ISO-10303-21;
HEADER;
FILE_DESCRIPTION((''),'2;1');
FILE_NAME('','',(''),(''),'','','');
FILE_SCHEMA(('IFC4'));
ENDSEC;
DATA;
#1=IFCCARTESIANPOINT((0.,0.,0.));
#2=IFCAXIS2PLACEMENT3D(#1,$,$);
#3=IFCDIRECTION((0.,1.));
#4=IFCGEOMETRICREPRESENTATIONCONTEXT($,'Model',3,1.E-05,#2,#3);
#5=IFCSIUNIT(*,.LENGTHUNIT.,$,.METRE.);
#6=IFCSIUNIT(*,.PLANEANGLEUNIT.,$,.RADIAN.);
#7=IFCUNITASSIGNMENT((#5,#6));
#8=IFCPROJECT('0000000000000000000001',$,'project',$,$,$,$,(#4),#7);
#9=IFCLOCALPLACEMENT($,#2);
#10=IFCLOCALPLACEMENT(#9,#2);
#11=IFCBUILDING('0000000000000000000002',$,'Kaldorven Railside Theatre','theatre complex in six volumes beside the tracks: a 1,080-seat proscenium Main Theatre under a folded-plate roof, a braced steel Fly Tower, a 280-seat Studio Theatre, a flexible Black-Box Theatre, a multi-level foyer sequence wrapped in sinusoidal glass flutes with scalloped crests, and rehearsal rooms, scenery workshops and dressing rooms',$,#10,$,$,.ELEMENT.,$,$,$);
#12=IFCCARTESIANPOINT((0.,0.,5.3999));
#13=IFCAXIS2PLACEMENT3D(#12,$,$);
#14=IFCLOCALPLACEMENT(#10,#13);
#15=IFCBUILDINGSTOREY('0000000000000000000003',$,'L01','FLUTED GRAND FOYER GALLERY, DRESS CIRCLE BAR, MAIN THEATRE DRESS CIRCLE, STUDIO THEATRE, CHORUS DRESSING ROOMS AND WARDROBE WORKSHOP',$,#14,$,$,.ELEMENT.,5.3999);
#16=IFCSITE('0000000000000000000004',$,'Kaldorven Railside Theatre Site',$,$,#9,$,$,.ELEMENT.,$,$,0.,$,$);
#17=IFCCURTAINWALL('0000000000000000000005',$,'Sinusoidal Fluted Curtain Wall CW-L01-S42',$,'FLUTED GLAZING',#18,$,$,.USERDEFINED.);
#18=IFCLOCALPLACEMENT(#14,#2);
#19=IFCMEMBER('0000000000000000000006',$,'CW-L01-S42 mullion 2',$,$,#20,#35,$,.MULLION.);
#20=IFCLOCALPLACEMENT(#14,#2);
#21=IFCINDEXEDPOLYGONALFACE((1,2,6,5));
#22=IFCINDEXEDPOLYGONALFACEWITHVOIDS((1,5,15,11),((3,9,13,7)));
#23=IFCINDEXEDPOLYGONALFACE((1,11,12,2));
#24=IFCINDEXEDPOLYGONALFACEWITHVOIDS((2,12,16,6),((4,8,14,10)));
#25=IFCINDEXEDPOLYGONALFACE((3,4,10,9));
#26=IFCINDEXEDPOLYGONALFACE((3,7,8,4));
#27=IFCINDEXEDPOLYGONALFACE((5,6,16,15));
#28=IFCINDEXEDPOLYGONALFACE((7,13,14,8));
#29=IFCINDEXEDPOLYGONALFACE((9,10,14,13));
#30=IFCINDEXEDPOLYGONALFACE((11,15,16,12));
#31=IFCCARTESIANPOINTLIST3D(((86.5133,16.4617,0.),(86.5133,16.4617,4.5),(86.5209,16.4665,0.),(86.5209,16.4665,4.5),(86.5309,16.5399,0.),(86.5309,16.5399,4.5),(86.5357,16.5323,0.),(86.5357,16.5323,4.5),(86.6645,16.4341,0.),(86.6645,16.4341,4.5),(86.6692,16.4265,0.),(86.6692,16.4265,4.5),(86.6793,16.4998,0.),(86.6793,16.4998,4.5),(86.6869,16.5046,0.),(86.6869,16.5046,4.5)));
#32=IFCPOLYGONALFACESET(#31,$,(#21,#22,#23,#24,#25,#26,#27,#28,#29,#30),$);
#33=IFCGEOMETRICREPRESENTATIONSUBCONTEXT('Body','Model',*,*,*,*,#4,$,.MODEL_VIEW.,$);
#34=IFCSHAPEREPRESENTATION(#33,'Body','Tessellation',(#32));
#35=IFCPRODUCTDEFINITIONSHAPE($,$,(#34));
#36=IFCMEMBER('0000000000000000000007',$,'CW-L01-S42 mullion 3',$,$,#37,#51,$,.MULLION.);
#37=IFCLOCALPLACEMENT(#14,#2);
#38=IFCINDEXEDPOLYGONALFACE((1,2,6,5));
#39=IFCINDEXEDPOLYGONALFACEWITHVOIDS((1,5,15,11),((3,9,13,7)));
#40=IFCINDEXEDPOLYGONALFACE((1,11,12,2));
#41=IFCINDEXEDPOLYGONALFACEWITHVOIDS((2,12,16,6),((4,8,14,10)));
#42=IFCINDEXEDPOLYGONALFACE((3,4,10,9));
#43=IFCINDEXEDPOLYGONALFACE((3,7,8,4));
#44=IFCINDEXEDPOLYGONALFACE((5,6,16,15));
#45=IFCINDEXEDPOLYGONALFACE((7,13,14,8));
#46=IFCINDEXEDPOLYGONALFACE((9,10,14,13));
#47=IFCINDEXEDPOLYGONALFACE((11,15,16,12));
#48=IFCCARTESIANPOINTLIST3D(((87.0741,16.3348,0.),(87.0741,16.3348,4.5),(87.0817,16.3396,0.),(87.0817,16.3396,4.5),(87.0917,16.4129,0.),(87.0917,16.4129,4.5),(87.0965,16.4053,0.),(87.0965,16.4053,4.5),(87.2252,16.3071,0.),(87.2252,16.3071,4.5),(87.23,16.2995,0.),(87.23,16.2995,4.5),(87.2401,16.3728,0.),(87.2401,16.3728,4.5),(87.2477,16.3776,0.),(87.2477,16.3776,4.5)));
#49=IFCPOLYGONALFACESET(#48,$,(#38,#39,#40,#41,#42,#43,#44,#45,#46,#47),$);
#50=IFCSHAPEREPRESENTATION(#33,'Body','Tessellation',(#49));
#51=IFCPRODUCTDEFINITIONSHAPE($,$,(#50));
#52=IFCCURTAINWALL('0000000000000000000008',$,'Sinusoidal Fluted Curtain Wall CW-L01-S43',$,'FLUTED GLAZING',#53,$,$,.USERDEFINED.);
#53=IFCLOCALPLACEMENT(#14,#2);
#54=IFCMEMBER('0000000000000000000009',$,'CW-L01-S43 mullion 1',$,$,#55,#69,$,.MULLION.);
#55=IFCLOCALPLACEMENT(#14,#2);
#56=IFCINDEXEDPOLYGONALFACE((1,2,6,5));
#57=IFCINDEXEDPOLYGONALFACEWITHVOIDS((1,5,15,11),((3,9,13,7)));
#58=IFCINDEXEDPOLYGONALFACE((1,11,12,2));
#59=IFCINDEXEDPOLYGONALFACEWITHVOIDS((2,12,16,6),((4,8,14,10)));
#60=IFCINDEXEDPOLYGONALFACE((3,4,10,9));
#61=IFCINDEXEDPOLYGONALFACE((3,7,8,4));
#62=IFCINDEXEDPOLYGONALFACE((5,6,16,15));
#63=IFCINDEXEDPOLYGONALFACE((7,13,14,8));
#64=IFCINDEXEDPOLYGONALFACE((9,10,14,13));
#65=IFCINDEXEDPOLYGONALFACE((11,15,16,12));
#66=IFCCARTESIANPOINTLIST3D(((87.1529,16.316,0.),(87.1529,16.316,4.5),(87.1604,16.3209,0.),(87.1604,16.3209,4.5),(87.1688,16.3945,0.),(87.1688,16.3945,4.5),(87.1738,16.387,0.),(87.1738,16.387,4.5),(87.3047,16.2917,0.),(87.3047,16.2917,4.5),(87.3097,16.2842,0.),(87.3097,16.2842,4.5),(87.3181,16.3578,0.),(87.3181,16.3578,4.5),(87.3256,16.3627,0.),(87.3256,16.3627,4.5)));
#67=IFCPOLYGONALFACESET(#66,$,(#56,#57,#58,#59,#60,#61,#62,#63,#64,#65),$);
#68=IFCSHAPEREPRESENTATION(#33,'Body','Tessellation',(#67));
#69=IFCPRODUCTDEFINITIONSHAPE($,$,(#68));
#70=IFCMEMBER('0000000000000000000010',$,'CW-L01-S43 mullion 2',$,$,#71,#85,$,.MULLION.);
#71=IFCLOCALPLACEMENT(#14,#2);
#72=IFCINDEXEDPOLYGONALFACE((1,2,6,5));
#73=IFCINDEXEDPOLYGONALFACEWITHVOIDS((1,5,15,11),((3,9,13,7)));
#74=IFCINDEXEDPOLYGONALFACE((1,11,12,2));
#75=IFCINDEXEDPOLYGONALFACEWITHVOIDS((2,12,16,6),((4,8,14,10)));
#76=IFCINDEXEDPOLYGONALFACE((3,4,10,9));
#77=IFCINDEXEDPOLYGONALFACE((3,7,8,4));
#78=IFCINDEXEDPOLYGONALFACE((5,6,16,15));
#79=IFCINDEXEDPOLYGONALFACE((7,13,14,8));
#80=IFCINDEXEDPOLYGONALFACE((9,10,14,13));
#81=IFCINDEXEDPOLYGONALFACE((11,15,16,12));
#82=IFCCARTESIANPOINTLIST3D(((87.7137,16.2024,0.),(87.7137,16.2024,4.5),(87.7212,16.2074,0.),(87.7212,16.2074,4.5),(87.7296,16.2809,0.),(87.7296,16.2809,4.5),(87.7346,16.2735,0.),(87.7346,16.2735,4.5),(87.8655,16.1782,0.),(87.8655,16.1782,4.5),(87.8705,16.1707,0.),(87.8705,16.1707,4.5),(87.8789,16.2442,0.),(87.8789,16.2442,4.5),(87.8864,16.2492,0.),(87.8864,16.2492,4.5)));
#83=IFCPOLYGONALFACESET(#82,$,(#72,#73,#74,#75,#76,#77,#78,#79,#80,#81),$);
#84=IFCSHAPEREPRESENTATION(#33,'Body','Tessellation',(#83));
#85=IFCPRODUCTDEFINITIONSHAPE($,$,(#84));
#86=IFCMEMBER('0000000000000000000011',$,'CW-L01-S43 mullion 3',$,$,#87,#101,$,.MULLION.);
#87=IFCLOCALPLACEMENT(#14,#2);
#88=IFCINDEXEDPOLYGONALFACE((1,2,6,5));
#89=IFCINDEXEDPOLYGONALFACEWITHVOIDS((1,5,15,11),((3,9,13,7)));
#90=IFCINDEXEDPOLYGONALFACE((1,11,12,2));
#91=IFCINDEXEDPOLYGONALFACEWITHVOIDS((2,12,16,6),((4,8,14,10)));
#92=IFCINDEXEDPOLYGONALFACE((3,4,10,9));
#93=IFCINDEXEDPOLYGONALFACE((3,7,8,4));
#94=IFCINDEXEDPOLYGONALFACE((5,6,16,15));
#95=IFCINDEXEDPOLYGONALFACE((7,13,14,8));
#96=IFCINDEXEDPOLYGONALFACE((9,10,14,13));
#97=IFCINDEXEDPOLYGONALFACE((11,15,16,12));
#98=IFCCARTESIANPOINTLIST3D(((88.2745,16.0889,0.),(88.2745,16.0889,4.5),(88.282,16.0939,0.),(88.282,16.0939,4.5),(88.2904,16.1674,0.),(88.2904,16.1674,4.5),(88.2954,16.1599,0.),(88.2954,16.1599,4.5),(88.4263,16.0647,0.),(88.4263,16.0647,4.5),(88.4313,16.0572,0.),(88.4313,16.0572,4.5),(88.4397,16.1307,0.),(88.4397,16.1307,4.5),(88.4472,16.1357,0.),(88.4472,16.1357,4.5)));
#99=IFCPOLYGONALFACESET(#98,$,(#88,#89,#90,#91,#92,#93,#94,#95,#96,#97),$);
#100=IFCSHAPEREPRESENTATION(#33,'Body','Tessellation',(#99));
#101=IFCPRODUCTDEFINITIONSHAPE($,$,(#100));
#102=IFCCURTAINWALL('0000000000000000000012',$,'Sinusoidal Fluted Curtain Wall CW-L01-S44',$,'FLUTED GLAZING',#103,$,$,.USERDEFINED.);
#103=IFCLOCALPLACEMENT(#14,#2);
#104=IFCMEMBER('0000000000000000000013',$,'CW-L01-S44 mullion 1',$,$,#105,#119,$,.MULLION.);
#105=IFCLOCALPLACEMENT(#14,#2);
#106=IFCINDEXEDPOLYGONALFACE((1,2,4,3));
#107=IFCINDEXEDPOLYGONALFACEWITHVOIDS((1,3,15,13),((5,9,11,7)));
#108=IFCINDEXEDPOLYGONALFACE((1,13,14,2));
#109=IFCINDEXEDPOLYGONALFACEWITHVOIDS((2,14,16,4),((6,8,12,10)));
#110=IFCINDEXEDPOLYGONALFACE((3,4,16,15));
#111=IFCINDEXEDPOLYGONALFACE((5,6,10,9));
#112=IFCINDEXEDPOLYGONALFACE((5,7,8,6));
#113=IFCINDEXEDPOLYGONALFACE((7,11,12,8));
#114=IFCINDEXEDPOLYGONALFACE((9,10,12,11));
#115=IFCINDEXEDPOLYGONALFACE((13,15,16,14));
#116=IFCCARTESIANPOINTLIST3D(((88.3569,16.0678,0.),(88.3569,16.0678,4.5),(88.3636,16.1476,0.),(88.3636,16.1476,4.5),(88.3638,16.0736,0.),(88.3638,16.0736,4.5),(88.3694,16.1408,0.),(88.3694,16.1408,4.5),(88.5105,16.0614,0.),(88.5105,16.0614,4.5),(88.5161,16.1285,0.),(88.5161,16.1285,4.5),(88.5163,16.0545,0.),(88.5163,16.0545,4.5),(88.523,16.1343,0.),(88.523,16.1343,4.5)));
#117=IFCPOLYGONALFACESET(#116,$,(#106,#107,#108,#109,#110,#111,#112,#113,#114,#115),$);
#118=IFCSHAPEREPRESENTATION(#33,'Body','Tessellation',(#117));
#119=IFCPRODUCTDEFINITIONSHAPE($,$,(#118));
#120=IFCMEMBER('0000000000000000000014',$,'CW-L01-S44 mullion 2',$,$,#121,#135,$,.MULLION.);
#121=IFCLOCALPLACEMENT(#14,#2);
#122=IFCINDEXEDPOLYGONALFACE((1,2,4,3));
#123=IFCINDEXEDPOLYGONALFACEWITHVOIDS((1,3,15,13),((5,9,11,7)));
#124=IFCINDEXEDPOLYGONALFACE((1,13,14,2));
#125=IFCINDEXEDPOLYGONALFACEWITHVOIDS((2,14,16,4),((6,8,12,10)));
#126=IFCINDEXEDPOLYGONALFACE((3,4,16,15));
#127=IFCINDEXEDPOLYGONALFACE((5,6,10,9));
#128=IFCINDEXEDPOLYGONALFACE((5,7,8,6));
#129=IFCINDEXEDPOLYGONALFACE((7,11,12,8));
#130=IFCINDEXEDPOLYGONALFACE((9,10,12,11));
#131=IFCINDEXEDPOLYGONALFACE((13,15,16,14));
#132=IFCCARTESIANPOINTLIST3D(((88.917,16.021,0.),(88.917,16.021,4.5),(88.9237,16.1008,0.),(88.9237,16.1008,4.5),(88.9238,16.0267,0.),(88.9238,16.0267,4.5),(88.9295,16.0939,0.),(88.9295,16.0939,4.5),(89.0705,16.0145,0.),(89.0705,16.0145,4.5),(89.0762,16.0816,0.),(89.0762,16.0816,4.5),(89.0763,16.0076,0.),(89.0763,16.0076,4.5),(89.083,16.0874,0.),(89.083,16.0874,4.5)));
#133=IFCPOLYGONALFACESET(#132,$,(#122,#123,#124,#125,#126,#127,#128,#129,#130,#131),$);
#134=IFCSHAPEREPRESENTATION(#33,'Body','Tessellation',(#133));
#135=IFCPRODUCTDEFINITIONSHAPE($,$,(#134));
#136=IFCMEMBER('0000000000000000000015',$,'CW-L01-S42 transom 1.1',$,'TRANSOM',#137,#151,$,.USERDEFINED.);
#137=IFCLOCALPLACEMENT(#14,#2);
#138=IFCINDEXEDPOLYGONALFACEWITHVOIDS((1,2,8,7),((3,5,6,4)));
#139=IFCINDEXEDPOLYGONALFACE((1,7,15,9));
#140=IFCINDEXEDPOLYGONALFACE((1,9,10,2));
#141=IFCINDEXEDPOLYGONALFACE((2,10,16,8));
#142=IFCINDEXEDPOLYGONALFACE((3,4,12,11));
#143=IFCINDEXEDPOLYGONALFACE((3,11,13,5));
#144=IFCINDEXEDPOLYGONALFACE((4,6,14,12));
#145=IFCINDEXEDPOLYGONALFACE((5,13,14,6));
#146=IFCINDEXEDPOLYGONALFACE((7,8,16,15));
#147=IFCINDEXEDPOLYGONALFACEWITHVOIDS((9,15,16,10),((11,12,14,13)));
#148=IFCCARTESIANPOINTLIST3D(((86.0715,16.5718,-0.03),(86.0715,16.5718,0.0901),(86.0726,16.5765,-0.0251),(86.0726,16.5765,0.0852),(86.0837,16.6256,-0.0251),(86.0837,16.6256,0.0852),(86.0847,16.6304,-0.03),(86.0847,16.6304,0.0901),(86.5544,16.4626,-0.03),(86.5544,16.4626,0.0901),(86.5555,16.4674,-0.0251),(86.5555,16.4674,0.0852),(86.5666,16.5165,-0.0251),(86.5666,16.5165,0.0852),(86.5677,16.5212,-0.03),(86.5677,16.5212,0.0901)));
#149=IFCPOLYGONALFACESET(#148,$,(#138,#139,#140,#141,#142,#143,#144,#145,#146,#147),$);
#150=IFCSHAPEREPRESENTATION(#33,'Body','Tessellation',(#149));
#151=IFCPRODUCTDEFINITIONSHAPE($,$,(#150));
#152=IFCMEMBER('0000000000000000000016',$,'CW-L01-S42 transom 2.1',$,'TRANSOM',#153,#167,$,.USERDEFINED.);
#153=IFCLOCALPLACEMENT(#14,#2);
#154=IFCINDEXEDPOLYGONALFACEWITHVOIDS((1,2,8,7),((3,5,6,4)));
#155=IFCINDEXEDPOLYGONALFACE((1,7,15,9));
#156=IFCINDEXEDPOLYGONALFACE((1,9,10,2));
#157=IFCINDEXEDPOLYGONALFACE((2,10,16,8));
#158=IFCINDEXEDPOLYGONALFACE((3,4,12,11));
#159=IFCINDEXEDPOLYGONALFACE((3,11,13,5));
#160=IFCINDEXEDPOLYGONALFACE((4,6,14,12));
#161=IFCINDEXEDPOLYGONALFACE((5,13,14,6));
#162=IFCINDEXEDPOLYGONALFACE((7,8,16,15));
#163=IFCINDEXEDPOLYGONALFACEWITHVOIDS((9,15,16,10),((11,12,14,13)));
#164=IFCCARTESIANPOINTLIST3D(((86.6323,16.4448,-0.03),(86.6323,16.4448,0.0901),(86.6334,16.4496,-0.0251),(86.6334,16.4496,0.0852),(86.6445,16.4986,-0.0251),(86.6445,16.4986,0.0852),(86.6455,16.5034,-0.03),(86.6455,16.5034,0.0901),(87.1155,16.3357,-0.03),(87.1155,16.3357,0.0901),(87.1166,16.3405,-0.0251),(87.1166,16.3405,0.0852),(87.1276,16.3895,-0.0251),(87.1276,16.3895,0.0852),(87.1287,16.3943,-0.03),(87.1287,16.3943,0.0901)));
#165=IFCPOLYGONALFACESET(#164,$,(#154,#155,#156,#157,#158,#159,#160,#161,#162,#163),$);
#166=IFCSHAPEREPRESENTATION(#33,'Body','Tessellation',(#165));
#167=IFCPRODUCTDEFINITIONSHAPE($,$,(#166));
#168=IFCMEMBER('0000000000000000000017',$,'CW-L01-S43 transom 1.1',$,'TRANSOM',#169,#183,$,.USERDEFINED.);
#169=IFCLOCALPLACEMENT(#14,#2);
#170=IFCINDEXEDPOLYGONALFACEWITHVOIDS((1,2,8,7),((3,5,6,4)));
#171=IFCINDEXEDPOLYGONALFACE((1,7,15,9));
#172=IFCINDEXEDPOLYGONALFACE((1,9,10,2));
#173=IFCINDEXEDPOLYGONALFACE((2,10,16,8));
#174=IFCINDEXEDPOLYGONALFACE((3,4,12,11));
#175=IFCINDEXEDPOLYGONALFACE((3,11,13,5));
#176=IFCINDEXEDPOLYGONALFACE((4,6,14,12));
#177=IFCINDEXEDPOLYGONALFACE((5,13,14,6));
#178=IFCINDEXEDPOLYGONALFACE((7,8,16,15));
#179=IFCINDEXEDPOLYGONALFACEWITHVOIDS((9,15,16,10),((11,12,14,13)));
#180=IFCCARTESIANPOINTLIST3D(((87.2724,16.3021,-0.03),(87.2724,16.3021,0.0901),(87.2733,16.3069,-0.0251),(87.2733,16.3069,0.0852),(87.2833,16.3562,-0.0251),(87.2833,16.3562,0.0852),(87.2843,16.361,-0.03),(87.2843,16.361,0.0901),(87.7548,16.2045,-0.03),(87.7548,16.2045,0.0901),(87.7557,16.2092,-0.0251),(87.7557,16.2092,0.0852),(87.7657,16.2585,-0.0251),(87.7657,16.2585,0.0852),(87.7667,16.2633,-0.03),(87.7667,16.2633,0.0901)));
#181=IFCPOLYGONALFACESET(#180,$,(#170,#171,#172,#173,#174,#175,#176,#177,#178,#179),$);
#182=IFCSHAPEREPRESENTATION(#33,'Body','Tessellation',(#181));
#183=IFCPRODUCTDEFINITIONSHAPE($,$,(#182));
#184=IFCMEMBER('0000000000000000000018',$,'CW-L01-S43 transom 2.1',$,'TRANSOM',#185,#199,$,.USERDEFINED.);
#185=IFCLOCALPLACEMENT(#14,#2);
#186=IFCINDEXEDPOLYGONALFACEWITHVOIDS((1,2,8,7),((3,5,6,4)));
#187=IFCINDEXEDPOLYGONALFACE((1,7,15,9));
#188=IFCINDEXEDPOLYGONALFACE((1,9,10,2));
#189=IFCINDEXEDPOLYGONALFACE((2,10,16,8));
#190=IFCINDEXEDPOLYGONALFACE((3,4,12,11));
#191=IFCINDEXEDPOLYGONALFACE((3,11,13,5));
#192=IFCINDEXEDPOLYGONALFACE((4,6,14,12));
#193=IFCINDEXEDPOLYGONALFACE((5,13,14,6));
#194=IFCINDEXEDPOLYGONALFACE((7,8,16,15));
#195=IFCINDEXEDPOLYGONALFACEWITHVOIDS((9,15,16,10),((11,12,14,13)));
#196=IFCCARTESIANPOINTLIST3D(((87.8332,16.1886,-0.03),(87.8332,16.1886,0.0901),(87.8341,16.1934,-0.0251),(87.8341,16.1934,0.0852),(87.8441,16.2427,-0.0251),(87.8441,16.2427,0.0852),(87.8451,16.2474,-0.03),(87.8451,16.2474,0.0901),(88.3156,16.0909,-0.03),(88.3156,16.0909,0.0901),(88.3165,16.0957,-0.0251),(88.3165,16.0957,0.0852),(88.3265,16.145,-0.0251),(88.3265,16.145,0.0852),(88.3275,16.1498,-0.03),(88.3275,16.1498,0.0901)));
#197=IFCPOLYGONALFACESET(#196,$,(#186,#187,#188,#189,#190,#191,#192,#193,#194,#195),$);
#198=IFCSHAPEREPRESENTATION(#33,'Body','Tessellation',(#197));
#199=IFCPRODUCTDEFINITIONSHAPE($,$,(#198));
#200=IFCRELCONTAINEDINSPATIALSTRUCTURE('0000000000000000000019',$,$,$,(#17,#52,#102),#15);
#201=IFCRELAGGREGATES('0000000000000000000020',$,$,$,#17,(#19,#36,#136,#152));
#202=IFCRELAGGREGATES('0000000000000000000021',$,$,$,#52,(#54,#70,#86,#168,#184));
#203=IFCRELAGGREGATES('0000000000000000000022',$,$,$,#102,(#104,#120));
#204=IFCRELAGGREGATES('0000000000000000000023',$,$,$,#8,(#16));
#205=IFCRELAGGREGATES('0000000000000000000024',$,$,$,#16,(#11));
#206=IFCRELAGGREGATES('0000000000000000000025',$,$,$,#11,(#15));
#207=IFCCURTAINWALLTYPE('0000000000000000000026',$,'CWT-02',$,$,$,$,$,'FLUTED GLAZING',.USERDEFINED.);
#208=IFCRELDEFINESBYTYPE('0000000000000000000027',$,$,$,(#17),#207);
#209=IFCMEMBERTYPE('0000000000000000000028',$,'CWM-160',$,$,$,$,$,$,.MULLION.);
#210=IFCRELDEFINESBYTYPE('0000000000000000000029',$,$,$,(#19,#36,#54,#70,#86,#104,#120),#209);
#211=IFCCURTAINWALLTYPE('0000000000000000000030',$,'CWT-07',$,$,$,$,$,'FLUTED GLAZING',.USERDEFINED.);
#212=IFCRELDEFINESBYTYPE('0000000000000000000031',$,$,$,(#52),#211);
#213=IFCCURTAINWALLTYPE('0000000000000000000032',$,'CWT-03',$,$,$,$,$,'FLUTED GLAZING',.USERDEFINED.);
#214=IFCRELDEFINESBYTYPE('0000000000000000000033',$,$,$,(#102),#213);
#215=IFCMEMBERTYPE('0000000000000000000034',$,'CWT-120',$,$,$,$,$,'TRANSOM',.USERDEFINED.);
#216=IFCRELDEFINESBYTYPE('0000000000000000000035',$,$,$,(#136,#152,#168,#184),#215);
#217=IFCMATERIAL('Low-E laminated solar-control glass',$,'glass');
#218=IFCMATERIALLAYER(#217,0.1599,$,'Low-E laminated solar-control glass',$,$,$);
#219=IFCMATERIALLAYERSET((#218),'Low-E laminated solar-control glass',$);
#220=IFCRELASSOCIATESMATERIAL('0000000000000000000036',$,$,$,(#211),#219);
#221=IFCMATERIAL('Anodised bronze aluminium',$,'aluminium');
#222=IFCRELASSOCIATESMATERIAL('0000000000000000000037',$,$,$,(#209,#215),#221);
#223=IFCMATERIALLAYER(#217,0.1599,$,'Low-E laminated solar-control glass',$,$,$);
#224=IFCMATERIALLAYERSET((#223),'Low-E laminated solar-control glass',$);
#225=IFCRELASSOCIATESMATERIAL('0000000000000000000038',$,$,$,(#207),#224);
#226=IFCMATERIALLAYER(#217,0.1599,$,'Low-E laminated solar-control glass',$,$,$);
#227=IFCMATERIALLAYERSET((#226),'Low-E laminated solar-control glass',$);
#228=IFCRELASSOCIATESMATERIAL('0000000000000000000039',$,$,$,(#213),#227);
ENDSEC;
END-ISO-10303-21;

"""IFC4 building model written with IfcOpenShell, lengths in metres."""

from ifc_helpers import new_model, si_unit, direction, frame, origin, origin_2d, place, context, subcontext, project, spatial, hollow_rectangle, extrude, material, layer, layer_set, material_profile, profile_set, type_object, element, aggregate, save


model = new_model("IFC4")

# Units and contexts
model_context = context("Model", 3, precision=1e-05, world=origin(), true_north=direction((0.0, 1.0)))
body_context = subcontext(model_context, "Body", "Model", "MODEL_VIEW")
ifc_project = project(units=[si_unit("LENGTHUNIT", "METRE"), si_unit("PLANEANGLEUNIT", "RADIAN")], contexts=[model_context])

# Site, building, storey
site_placement = place(None, origin())
site = spatial("IfcSite", under=ifc_project, at=site_placement, Name="Kaldorven Railside Theatre Site", CompositionType="ELEMENT", RefElevation=0.0)
building_placement = place(site_placement, origin())
building = spatial("IfcBuilding", under=site, at=building_placement, Name="Kaldorven Railside Theatre", Description="theatre complex in six volumes beside the tracks: a 1,080-seat proscenium Main Theatre under a folded-plate roof, a braced steel Fly Tower, a 280-seat Studio Theatre, a flexible Black-Box Theatre, a multi-level foyer sequence wrapped in sinusoidal glass flutes with scalloped crests, and rehearsal rooms, scenery workshops and dressing rooms", CompositionType="ELEMENT")
storey_placement = place(building_placement, frame((0.0, 0.0, 5.3999)))
storey = spatial("IfcBuildingStorey", under=building, at=storey_placement, Name="L01", Description="FLUTED GRAND FOYER GALLERY, DRESS CIRCLE BAR, MAIN THEATRE DRESS CIRCLE, STUDIO THEATRE, CHORUS DRESSING ROOMS AND WARDROBE WORKSHOP", CompositionType="ELEMENT", Elevation=5.3999)

# Shared definitions
ifc_material_1 = material(Name="Low-E laminated solar-control glass", Category="glass")
ifc_layer_1 = layer(ifc_material_1, 0.1599, Name="Low-E laminated solar-control glass")
ifc_layer_set_1 = layer_set([ifc_layer_1], Name="Low-E laminated solar-control glass")
curtain_wall_type_1 = type_object("IfcCurtainWallType", Name="CWT-07", ElementType="FLUTED GLAZING", PredefinedType="USERDEFINED", material=ifc_layer_set_1)
ifc_material_2 = material(Name="Anodised bronze aluminium", Category="aluminium")
ifc_material_profile_1 = material_profile(ifc_material_2, hollow_rectangle(XDim=0.0801, YDim=0.1599, WallThickness=0.0063, at=origin_2d()), Name="RHS 160x80x6.3")
ifc_profile_set_1 = profile_set([ifc_material_profile_1], Name="Anodised bronze aluminium")
member_type_1 = type_object("IfcMemberType", Name="CWM-160", PredefinedType="MULLION", material=ifc_profile_set_1)

# Curtain walls, members
ifc_layer_2 = layer(ifc_material_1, 0.1599, Name="Low-E laminated solar-control glass")
ifc_layer_set_2 = layer_set([ifc_layer_2], Name="Low-E laminated solar-control glass")
curtain_wall_type_2 = type_object("IfcCurtainWallType", Name="CWT-02", ElementType="FLUTED GLAZING", PredefinedType="USERDEFINED", material=ifc_layer_set_2)
curtain_wall_1_placement = place(storey_placement, origin())
curtain_wall_1 = element("IfcCurtainWall", 1, at=curtain_wall_1_placement, inside=storey, type_object=curtain_wall_type_2, Name="Sinusoidal Fluted Curtain Wall CW-L01-S42", ObjectType="FLUTED GLAZING", PredefinedType="USERDEFINED")
member_1_placement = place(storey_placement, frame((86.6001, 16.4832, 0.0), z_axis=(0.0, 0.0, 1.0), x_axis=(0.220672, 0.975348, 0.0)))
member_1 = element("IfcMember", 2, at=member_1_placement, type_object=member_type_1, Name="CW-L01-S42 mullion 2", PredefinedType="MULLION", context=body_context, shape_type="SweptSolid", body=[
    extrude(hollow_rectangle(XDim=0.0801, YDim=0.1599, WallThickness=0.0063, at=origin_2d()), origin(), (0.0, 0.0, 1.0), 4.5),
])
member_2_placement = place(storey_placement, frame((87.1609, 16.3562, 0.0), z_axis=(0.0, 0.0, 1.0), x_axis=(0.220672, 0.975348, 0.0)))
member_2 = element("IfcMember", 3, at=member_2_placement, type_object=member_type_1, Name="CW-L01-S42 mullion 3", PredefinedType="MULLION", context=body_context, shape_type="SweptSolid", body=[
    extrude(hollow_rectangle(XDim=0.0801, YDim=0.1599, WallThickness=0.0063, at=origin_2d()), origin(), (0.0, 0.0, 1.0), 4.5),
])
curtain_wall_2_placement = place(storey_placement, origin())
curtain_wall_2 = element("IfcCurtainWall", 4, at=curtain_wall_2_placement, inside=storey, type_object=curtain_wall_type_1, Name="Sinusoidal Fluted Curtain Wall CW-L01-S43", ObjectType="FLUTED GLAZING", PredefinedType="USERDEFINED")
member_3_placement = place(storey_placement, frame((87.2393, 16.3394, 0.0), z_axis=(0.0, 0.0, 1.0), x_axis=(0.198393, 0.980123, 0.0)))
member_3 = element("IfcMember", 5, at=member_3_placement, type_object=member_type_1, Name="CW-L01-S43 mullion 1", PredefinedType="MULLION", context=body_context, shape_type="SweptSolid", body=[
    extrude(hollow_rectangle(XDim=0.0801, YDim=0.1599, WallThickness=0.0063, at=origin_2d()), origin(), (0.0, 0.0, 1.0), 4.5),
])
member_4_placement = place(storey_placement, frame((87.8, 16.2258, 0.0), z_axis=(0.0, 0.0, 1.0), x_axis=(0.198393, 0.980123, 0.0)))
member_4 = element("IfcMember", 6, at=member_4_placement, type_object=member_type_1, Name="CW-L01-S43 mullion 2", PredefinedType="MULLION", context=body_context, shape_type="SweptSolid", body=[
    extrude(hollow_rectangle(XDim=0.0801, YDim=0.1599, WallThickness=0.0063, at=origin_2d()), origin(), (0.0, 0.0, 1.0), 4.5),
])
member_5_placement = place(storey_placement, frame((88.3608, 16.1123, 0.0), z_axis=(0.0, 0.0, 1.0), x_axis=(0.198393, 0.980123, 0.0)))
member_5 = element("IfcMember", 7, at=member_5_placement, type_object=member_type_1, Name="CW-L01-S43 mullion 3", PredefinedType="MULLION", context=body_context, shape_type="SweptSolid", body=[
    extrude(hollow_rectangle(XDim=0.0801, YDim=0.1599, WallThickness=0.0063, at=origin_2d()), origin(), (0.0, 0.0, 1.0), 4.5),
])
ifc_layer_3 = layer(ifc_material_1, 0.1599, Name="Low-E laminated solar-control glass")
ifc_layer_set_3 = layer_set([ifc_layer_3], Name="Low-E laminated solar-control glass")
curtain_wall_type_3 = type_object("IfcCurtainWallType", Name="CWT-03", ElementType="FLUTED GLAZING", PredefinedType="USERDEFINED", material=ifc_layer_set_3)
curtain_wall_3_placement = place(storey_placement, origin())
curtain_wall_3 = element("IfcCurtainWall", 8, at=curtain_wall_3_placement, inside=storey, type_object=curtain_wall_type_3, Name="Sinusoidal Fluted Curtain Wall CW-L01-S44", ObjectType="FLUTED GLAZING", PredefinedType="USERDEFINED")
member_6_placement = place(storey_placement, frame((88.4399, 16.1011, 0.0), z_axis=(0.0, 0.0, 1.0), x_axis=(0.08321, 0.996532, 0.0)))
member_6 = element("IfcMember", 9, at=member_6_placement, type_object=member_type_1, Name="CW-L01-S44 mullion 1", PredefinedType="MULLION", context=body_context, shape_type="SweptSolid", body=[
    extrude(hollow_rectangle(XDim=0.0801, YDim=0.1599, WallThickness=0.0063, at=origin_2d()), origin(), (0.0, 0.0, 1.0), 4.5),
])
member_7_placement = place(storey_placement, frame((89.0, 16.0542, 0.0), z_axis=(0.0, 0.0, 1.0), x_axis=(0.08321, 0.996532, 0.0)))
member_7 = element("IfcMember", 10, at=member_7_placement, type_object=member_type_1, Name="CW-L01-S44 mullion 2", PredefinedType="MULLION", context=body_context, shape_type="SweptSolid", body=[
    extrude(hollow_rectangle(XDim=0.0801, YDim=0.1599, WallThickness=0.0063, at=origin_2d()), origin(), (0.0, 0.0, 1.0), 4.5),
])

# Members
ifc_material_profile_2 = material_profile(ifc_material_2, hollow_rectangle(XDim=0.0601, YDim=0.1201, WallThickness=0.0049, at=origin_2d()), Name="RHS 120x60x5")
ifc_profile_set_2 = profile_set([ifc_material_profile_2], Name="Anodised bronze aluminium")
member_type_2 = type_object("IfcMemberType", Name="CWT-120", ElementType="TRANSOM", PredefinedType="USERDEFINED", material=ifc_profile_set_2)
member_8_placement = place(storey_placement, frame((86.0781, 16.6011, 0.03), z_axis=(0.975403, -0.220427, 0.0), x_axis=(0.220427, 0.975403, 0.0)))
member_8 = element("IfcMember", 11, at=member_8_placement, type_object=member_type_2, Name="CW-L01-S42 transom 1.1", ObjectType="TRANSOM", PredefinedType="USERDEFINED", context=body_context, shape_type="SweptSolid", body=[
    extrude(hollow_rectangle(XDim=0.0601, YDim=0.1201, WallThickness=0.0049, at=origin_2d()), origin(), (0.0, 0.0, 1.0), 0.4951),
])
member_9_placement = place(storey_placement, frame((86.6389, 16.4741, 0.03), z_axis=(0.975427, -0.220321, 0.0), x_axis=(0.220321, 0.975427, 0.0)))
member_9 = element("IfcMember", 12, at=member_9_placement, type_object=member_type_2, Name="CW-L01-S42 transom 2.1", ObjectType="TRANSOM", PredefinedType="USERDEFINED", context=body_context, shape_type="SweptSolid", body=[
    extrude(hollow_rectangle(XDim=0.0601, YDim=0.1201, WallThickness=0.0049, at=origin_2d()), origin(), (0.0, 0.0, 1.0), 0.4954),
])
member_10_placement = place(storey_placement, frame((87.2783, 16.3315, 0.03), z_axis=(0.98012, -0.198405, 0.0), x_axis=(0.198405, 0.98012, 0.0)))
member_10 = element("IfcMember", 13, at=member_10_placement, type_object=member_type_2, Name="CW-L01-S43 transom 1.1", ObjectType="TRANSOM", PredefinedType="USERDEFINED", context=body_context, shape_type="SweptSolid", body=[
    extrude(hollow_rectangle(XDim=0.0601, YDim=0.1201, WallThickness=0.0049, at=origin_2d()), origin(), (0.0, 0.0, 1.0), 0.4922),
])
member_11_placement = place(storey_placement, frame((87.8391, 16.218, 0.03), z_axis=(0.98012, -0.198405, 0.0), x_axis=(0.198405, 0.98012, 0.0)))
member_11 = element("IfcMember", 14, at=member_11_placement, type_object=member_type_2, Name="CW-L01-S43 transom 2.1", ObjectType="TRANSOM", PredefinedType="USERDEFINED", context=body_context, shape_type="SweptSolid", body=[
    extrude(hollow_rectangle(XDim=0.0601, YDim=0.1201, WallThickness=0.0049, at=origin_2d()), origin(), (0.0, 0.0, 1.0), 0.4922),
])

aggregate(curtain_wall_1, [member_1, member_2, member_8, member_9])
aggregate(curtain_wall_2, [member_3, member_4, member_5, member_10, member_11])
aggregate(curtain_wall_3, [member_6, member_7])

save(model, "model.ifc")
